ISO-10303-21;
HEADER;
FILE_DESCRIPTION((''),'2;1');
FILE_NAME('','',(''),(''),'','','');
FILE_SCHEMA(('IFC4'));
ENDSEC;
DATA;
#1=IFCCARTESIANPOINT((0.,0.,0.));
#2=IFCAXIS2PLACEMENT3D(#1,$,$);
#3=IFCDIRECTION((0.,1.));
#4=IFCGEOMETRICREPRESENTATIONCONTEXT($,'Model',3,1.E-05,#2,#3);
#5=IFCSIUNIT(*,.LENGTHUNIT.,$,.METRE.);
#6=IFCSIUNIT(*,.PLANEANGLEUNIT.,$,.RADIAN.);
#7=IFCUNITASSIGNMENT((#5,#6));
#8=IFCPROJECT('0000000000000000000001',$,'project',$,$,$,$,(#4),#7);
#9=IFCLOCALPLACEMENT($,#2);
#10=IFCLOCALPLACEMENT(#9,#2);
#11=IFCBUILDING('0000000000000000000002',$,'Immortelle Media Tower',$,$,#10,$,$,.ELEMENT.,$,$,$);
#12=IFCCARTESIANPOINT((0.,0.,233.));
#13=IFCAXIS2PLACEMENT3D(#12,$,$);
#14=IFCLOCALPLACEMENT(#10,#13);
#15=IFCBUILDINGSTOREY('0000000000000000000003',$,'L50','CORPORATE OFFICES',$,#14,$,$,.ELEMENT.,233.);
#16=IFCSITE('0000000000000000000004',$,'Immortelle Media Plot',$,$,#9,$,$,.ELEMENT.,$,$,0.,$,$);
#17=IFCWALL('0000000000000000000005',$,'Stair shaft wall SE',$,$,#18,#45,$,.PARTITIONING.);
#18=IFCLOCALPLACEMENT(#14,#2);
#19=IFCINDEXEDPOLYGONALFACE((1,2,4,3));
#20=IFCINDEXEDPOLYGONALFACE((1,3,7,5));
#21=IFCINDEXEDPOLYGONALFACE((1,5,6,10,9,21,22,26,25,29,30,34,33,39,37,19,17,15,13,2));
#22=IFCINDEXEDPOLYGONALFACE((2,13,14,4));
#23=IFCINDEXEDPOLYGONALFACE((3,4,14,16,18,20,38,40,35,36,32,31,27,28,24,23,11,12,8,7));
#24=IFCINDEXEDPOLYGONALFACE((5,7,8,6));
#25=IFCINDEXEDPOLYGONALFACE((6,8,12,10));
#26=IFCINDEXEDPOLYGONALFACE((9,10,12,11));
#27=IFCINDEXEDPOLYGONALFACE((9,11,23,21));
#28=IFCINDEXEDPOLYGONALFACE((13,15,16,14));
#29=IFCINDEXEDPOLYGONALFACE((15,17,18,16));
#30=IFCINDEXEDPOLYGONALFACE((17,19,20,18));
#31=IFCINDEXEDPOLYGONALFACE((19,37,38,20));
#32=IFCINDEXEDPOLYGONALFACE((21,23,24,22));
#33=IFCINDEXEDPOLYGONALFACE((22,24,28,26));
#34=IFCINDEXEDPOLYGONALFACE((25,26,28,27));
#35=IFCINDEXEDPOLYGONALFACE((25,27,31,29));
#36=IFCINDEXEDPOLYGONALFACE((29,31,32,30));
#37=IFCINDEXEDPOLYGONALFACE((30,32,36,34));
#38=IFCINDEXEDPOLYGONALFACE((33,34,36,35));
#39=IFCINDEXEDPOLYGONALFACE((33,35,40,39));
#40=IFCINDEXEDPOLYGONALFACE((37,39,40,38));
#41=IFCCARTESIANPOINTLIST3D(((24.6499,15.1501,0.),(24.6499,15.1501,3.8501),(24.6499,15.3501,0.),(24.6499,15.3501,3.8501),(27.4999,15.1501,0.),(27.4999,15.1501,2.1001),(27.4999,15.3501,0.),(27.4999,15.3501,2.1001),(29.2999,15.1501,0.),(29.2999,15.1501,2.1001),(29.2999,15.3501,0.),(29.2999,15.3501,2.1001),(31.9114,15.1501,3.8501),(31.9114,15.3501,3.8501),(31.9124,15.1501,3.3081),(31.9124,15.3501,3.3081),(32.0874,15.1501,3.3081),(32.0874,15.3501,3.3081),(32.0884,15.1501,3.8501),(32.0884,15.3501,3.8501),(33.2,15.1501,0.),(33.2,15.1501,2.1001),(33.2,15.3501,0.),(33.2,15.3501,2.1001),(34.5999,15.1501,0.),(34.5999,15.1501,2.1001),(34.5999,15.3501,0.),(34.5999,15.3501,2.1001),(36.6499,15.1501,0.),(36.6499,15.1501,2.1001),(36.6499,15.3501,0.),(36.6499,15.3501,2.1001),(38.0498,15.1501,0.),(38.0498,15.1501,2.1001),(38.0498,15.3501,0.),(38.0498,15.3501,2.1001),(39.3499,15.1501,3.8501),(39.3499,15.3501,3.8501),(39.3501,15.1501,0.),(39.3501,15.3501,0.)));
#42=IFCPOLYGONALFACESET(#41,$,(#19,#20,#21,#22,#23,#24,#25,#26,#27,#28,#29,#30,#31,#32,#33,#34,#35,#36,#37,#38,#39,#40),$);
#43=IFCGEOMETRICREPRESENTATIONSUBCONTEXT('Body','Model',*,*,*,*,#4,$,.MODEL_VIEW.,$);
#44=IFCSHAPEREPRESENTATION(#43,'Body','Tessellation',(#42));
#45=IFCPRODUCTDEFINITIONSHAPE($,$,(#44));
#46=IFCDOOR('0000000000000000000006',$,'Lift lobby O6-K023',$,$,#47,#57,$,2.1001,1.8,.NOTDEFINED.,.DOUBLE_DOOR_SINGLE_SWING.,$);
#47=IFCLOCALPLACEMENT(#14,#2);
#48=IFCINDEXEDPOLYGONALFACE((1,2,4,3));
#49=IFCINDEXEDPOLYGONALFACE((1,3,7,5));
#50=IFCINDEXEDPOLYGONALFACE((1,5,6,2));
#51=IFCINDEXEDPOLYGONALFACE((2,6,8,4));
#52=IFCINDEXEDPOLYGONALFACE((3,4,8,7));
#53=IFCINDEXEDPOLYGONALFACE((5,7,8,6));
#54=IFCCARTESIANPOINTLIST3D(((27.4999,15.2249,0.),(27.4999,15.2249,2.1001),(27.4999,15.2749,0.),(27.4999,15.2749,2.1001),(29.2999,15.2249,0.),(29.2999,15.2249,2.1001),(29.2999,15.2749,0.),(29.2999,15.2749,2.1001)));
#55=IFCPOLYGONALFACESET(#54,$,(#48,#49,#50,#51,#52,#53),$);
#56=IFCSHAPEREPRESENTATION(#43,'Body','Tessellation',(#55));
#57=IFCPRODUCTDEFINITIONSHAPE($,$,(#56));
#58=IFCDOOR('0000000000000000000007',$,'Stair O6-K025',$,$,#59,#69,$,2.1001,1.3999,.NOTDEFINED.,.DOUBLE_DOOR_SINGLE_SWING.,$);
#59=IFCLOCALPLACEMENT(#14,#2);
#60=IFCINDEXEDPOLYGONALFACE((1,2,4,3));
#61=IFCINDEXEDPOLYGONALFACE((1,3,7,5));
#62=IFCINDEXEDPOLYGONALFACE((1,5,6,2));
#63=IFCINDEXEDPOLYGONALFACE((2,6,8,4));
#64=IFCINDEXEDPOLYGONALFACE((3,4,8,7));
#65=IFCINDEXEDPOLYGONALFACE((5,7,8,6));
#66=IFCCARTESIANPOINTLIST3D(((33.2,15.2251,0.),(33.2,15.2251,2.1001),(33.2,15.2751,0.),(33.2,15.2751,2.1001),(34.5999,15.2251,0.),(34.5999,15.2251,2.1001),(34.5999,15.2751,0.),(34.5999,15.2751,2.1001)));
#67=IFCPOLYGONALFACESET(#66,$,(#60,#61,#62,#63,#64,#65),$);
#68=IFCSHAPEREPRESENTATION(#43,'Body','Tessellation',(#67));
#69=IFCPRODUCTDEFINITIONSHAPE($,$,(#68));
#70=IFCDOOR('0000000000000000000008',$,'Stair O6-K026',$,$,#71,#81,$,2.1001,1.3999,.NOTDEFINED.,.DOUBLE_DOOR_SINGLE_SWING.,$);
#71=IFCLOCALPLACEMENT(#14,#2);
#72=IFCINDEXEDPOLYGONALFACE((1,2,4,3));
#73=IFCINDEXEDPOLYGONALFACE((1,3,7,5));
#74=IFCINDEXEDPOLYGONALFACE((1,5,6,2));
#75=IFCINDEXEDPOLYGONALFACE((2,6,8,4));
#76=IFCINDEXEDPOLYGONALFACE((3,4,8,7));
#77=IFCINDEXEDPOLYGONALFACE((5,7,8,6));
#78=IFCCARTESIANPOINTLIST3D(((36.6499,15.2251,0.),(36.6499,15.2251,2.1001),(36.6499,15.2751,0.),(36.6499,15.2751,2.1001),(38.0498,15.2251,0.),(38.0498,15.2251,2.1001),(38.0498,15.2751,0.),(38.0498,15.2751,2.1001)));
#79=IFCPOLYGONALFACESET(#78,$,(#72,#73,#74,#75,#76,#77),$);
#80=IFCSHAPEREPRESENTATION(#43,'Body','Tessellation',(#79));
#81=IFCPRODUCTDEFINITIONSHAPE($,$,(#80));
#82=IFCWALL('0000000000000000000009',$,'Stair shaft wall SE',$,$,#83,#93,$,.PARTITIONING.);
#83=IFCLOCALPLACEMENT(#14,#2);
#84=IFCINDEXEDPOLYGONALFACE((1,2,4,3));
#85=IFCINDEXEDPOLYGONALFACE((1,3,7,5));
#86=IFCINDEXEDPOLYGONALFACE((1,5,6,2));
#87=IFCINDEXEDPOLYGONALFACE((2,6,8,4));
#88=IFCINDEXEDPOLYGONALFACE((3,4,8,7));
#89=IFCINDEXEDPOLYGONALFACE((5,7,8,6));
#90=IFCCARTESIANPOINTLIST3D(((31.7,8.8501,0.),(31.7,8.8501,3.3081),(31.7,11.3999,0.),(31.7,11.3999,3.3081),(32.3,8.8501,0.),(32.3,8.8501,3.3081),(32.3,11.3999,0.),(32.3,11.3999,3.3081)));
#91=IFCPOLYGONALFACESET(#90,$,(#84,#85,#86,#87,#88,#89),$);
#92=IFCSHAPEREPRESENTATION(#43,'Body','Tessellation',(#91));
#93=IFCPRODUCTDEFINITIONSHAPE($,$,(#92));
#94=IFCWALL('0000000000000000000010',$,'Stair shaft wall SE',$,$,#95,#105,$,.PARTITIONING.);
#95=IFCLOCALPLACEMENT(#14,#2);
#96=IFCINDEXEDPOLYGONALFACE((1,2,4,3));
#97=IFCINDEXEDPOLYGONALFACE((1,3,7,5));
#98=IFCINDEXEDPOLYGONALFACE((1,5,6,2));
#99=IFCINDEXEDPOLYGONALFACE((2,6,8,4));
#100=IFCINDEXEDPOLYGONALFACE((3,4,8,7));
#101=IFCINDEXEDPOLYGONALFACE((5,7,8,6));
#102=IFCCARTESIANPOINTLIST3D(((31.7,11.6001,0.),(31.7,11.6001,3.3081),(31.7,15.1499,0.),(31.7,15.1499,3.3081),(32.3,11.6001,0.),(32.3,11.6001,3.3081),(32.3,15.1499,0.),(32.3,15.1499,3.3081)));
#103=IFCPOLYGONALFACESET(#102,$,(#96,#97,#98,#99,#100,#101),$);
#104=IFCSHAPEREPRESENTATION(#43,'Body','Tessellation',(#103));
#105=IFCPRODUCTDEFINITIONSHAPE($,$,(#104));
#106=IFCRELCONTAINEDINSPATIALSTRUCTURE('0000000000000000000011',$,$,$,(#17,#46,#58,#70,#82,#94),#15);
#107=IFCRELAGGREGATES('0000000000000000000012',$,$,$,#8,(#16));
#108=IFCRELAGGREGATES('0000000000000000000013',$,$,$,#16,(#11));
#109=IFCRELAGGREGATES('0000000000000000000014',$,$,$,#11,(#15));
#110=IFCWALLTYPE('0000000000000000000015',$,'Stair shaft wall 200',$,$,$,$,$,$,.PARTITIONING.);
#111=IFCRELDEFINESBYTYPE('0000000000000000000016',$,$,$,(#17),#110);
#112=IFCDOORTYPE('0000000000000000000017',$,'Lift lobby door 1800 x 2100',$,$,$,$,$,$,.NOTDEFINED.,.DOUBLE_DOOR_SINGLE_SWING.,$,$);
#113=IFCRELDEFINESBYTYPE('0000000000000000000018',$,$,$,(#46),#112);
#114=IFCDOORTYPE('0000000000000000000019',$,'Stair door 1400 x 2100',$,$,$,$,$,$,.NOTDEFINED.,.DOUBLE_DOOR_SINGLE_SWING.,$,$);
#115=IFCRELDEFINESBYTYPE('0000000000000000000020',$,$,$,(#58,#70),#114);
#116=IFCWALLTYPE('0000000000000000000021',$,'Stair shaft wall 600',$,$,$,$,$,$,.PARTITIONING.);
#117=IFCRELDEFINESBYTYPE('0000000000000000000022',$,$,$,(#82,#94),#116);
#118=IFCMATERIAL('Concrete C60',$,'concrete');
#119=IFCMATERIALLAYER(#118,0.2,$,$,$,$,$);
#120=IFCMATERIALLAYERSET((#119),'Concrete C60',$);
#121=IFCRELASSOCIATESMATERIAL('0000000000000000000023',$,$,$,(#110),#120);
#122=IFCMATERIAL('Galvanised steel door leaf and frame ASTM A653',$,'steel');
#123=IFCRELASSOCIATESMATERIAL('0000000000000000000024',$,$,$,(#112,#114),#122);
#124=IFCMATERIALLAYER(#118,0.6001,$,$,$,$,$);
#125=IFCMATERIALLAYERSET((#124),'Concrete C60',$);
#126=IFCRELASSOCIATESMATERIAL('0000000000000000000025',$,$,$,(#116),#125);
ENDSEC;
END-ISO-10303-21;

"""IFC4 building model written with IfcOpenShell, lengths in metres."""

from ifc_helpers import new_model, si_unit, direction, frame, frame_2d, origin, place, context, subcontext, project, spatial, polyline, rectangle, outline, extrude, material, layer, layer_set, type_object, element, fill, save


model = new_model("IFC4")

# Units and contexts
model_context = context("Model", 3, precision=1e-05, world=origin(), true_north=direction((0.0, 1.0)))
body_context = subcontext(model_context, "Body", "Model", "MODEL_VIEW")
ifc_project = project(units=[si_unit("LENGTHUNIT", "METRE"), si_unit("PLANEANGLEUNIT", "RADIAN")], contexts=[model_context])

# Site, building, storey
site_placement = place(None, origin())
site = spatial("IfcSite", under=ifc_project, at=site_placement, Name="Immortelle Media Plot", CompositionType="ELEMENT", RefElevation=0.0)
building_placement = place(site_placement, origin())
building = spatial("IfcBuilding", under=site, at=building_placement, Name="Immortelle Media Tower", CompositionType="ELEMENT")
storey_placement = place(building_placement, frame((0.0, 0.0, 233.0)))
storey = spatial("IfcBuildingStorey", under=building, at=storey_placement, Name="L50", Description="CORPORATE OFFICES", CompositionType="ELEMENT", Elevation=233.0)

# Shared definitions
ifc_material_1 = material(Name="Galvanised steel door leaf and frame ASTM A653", Category="steel")

# Wall, openings, doors
ifc_material_2 = material(Name="Concrete C60", Category="concrete")
ifc_layer_1 = layer(ifc_material_2, 0.2)
ifc_layer_set_1 = layer_set([ifc_layer_1], Name="Concrete C60")
wall_type_1 = type_object("IfcWallType", Name="Stair shaft wall 200", PredefinedType="PARTITIONING", material=ifc_layer_set_1)
wall_1_placement = place(storey_placement, frame((24.6499, 15.25, 0.0), z_axis=(0.0, 0.0, 1.0), x_axis=(1.0, 0.0, 0.0)))
wall_1 = element("IfcWall", 1, at=wall_1_placement, inside=storey, type_object=wall_type_1, Name="Stair shaft wall SE", PredefinedType="PARTITIONING", context=body_context, shape_type="SweptSolid", body=[
    extrude(outline(polyline([(0.0, 0.0), (14.7002, 0.0), (14.7, 3.8501), (7.4385, 3.8501), (7.4375, 3.3081), (7.2625, 3.3081), (7.2615, 3.8501), (0.0, 3.8501), (0.0, 0.0)])), frame((0.0, 0.1001, 0.0), z_axis=(0.0, -1.0, 0.0), x_axis=(1.0, 0.0, 0.0)), (0.0, 0.0, 1.0), 0.2),
])
opening_1_placement = place(wall_1_placement, frame((2.8501, 0.0, 0.0)))
opening_1 = element("IfcOpeningElement", 2, at=opening_1_placement, cuts=wall_1, PredefinedType="OPENING", context=body_context, shape_type="SweptSolid", body=[
    extrude(rectangle(XDim=1.8, YDim=2.1001, at=frame_2d((0.8999, 1.05))), frame((0.0, 0.1099, 0.0), z_axis=(0.0, -1.0, 0.0), x_axis=(1.0, 0.0, 0.0)), (0.0, 0.0, 1.0), 0.22),
])
opening_2_placement = place(wall_1_placement, frame((9.95, 0.0, 0.0), z_axis=(0.0, 0.0, 1.0), x_axis=(-1.0, 0.0, 0.0)))
opening_2 = element("IfcOpeningElement", 3, at=opening_2_placement, cuts=wall_1, PredefinedType="OPENING", context=body_context, shape_type="SweptSolid", body=[
    extrude(rectangle(XDim=1.3999, YDim=2.1001, at=frame_2d((0.7, 1.05))), frame((0.0, 0.1099, 0.0), z_axis=(0.0, -1.0, 0.0), x_axis=(1.0, 0.0, 0.0)), (0.0, 0.0, 1.0), 0.22),
])
opening_3_placement = place(wall_1_placement, frame((13.3999, 0.0, 0.0), z_axis=(0.0, 0.0, 1.0), x_axis=(-1.0, 0.0, 0.0)))
opening_3 = element("IfcOpeningElement", 4, at=opening_3_placement, cuts=wall_1, PredefinedType="OPENING", context=body_context, shape_type="SweptSolid", body=[
    extrude(rectangle(XDim=1.3999, YDim=2.1001, at=frame_2d((0.7, 1.05))), frame((0.0, 0.1099, 0.0), z_axis=(0.0, -1.0, 0.0), x_axis=(1.0, 0.0, 0.0)), (0.0, 0.0, 1.0), 0.22),
])
door_type_1 = type_object("IfcDoorType", Name="Lift lobby door 1800 x 2100", OperationType="DOUBLE_DOOR_SINGLE_SWING", PredefinedType="NOTDEFINED", material=ifc_material_1)
door_1_placement = place(opening_1_placement, origin())
door_1 = element("IfcDoor", 5, at=door_1_placement, inside=storey, type_object=door_type_1, Name="Lift lobby O6-K023", OperationType="DOUBLE_DOOR_SINGLE_SWING", OverallHeight=2.1001, OverallWidth=1.8, PredefinedType="NOTDEFINED", context=body_context, shape_type="SweptSolid", body=[
    extrude(rectangle(XDim=1.8, YDim=2.1001, at=frame_2d((0.8999, 1.05))), frame((0.0, 0.0249, 0.0), z_axis=(0.0, -1.0, 0.0), x_axis=(1.0, 0.0, 0.0)), (0.0, 0.0, 1.0), 0.05),
])
fill(opening_1, door_1)
door_type_2 = type_object("IfcDoorType", Name="Stair door 1400 x 2100", OperationType="DOUBLE_DOOR_SINGLE_SWING", PredefinedType="NOTDEFINED", material=ifc_material_1)
door_2_placement = place(opening_2_placement, origin())
door_2 = element("IfcDoor", 6, at=door_2_placement, inside=storey, type_object=door_type_2, Name="Stair O6-K025", OperationType="DOUBLE_DOOR_SINGLE_SWING", OverallHeight=2.1001, OverallWidth=1.3999, PredefinedType="NOTDEFINED", context=body_context, shape_type="SweptSolid", body=[
    extrude(rectangle(XDim=1.3999, YDim=2.1001, at=frame_2d((0.7, 1.05))), frame((0.0, 0.0249, 0.0), z_axis=(0.0, -1.0, 0.0), x_axis=(1.0, 0.0, 0.0)), (0.0, 0.0, 1.0), 0.05),
])
fill(opening_2, door_2)
door_3_placement = place(opening_3_placement, origin())
door_3 = element("IfcDoor", 7, at=door_3_placement, inside=storey, type_object=door_type_2, Name="Stair O6-K026", OperationType="DOUBLE_DOOR_SINGLE_SWING", OverallHeight=2.1001, OverallWidth=1.3999, PredefinedType="NOTDEFINED", context=body_context, shape_type="SweptSolid", body=[
    extrude(rectangle(XDim=1.3999, YDim=2.1001, at=frame_2d((0.7, 1.05))), frame((0.0, 0.0249, 0.0), z_axis=(0.0, -1.0, 0.0), x_axis=(1.0, 0.0, 0.0)), (0.0, 0.0, 1.0), 0.05),
])
fill(opening_3, door_3)

# Walls
ifc_layer_2 = layer(ifc_material_2, 0.6001)
ifc_layer_set_2 = layer_set([ifc_layer_2], Name="Concrete C60")
wall_type_2 = type_object("IfcWallType", Name="Stair shaft wall 600", PredefinedType="PARTITIONING", material=ifc_layer_set_2)
wall_2_placement = place(storey_placement, frame((32.0, 8.8501, 0.0), z_axis=(0.0, 0.0, 1.0), x_axis=(0.0, 1.0, 0.0)))
element("IfcWall", 8, at=wall_2_placement, inside=storey, type_object=wall_type_2, Name="Stair shaft wall SE", PredefinedType="PARTITIONING", context=body_context, shape_type="SweptSolid", body=[
    extrude(rectangle(XDim=2.5498, YDim=0.6001, at=frame_2d((1.2749, 0.0))), origin(), (0.0, 0.0, 1.0), 3.3081),
])
wall_3_placement = place(storey_placement, frame((32.0, 11.6001, 0.0), z_axis=(0.0, 0.0, 1.0), x_axis=(0.0, 1.0, 0.0)))
element("IfcWall", 9, at=wall_3_placement, inside=storey, type_object=wall_type_2, Name="Stair shaft wall SE", PredefinedType="PARTITIONING", context=body_context, shape_type="SweptSolid", body=[
    extrude(rectangle(XDim=3.5498, YDim=0.6001, at=frame_2d((1.7749, 0.0))), origin(), (0.0, 0.0, 1.0), 3.3081),
])

save(model, "model.ifc")
